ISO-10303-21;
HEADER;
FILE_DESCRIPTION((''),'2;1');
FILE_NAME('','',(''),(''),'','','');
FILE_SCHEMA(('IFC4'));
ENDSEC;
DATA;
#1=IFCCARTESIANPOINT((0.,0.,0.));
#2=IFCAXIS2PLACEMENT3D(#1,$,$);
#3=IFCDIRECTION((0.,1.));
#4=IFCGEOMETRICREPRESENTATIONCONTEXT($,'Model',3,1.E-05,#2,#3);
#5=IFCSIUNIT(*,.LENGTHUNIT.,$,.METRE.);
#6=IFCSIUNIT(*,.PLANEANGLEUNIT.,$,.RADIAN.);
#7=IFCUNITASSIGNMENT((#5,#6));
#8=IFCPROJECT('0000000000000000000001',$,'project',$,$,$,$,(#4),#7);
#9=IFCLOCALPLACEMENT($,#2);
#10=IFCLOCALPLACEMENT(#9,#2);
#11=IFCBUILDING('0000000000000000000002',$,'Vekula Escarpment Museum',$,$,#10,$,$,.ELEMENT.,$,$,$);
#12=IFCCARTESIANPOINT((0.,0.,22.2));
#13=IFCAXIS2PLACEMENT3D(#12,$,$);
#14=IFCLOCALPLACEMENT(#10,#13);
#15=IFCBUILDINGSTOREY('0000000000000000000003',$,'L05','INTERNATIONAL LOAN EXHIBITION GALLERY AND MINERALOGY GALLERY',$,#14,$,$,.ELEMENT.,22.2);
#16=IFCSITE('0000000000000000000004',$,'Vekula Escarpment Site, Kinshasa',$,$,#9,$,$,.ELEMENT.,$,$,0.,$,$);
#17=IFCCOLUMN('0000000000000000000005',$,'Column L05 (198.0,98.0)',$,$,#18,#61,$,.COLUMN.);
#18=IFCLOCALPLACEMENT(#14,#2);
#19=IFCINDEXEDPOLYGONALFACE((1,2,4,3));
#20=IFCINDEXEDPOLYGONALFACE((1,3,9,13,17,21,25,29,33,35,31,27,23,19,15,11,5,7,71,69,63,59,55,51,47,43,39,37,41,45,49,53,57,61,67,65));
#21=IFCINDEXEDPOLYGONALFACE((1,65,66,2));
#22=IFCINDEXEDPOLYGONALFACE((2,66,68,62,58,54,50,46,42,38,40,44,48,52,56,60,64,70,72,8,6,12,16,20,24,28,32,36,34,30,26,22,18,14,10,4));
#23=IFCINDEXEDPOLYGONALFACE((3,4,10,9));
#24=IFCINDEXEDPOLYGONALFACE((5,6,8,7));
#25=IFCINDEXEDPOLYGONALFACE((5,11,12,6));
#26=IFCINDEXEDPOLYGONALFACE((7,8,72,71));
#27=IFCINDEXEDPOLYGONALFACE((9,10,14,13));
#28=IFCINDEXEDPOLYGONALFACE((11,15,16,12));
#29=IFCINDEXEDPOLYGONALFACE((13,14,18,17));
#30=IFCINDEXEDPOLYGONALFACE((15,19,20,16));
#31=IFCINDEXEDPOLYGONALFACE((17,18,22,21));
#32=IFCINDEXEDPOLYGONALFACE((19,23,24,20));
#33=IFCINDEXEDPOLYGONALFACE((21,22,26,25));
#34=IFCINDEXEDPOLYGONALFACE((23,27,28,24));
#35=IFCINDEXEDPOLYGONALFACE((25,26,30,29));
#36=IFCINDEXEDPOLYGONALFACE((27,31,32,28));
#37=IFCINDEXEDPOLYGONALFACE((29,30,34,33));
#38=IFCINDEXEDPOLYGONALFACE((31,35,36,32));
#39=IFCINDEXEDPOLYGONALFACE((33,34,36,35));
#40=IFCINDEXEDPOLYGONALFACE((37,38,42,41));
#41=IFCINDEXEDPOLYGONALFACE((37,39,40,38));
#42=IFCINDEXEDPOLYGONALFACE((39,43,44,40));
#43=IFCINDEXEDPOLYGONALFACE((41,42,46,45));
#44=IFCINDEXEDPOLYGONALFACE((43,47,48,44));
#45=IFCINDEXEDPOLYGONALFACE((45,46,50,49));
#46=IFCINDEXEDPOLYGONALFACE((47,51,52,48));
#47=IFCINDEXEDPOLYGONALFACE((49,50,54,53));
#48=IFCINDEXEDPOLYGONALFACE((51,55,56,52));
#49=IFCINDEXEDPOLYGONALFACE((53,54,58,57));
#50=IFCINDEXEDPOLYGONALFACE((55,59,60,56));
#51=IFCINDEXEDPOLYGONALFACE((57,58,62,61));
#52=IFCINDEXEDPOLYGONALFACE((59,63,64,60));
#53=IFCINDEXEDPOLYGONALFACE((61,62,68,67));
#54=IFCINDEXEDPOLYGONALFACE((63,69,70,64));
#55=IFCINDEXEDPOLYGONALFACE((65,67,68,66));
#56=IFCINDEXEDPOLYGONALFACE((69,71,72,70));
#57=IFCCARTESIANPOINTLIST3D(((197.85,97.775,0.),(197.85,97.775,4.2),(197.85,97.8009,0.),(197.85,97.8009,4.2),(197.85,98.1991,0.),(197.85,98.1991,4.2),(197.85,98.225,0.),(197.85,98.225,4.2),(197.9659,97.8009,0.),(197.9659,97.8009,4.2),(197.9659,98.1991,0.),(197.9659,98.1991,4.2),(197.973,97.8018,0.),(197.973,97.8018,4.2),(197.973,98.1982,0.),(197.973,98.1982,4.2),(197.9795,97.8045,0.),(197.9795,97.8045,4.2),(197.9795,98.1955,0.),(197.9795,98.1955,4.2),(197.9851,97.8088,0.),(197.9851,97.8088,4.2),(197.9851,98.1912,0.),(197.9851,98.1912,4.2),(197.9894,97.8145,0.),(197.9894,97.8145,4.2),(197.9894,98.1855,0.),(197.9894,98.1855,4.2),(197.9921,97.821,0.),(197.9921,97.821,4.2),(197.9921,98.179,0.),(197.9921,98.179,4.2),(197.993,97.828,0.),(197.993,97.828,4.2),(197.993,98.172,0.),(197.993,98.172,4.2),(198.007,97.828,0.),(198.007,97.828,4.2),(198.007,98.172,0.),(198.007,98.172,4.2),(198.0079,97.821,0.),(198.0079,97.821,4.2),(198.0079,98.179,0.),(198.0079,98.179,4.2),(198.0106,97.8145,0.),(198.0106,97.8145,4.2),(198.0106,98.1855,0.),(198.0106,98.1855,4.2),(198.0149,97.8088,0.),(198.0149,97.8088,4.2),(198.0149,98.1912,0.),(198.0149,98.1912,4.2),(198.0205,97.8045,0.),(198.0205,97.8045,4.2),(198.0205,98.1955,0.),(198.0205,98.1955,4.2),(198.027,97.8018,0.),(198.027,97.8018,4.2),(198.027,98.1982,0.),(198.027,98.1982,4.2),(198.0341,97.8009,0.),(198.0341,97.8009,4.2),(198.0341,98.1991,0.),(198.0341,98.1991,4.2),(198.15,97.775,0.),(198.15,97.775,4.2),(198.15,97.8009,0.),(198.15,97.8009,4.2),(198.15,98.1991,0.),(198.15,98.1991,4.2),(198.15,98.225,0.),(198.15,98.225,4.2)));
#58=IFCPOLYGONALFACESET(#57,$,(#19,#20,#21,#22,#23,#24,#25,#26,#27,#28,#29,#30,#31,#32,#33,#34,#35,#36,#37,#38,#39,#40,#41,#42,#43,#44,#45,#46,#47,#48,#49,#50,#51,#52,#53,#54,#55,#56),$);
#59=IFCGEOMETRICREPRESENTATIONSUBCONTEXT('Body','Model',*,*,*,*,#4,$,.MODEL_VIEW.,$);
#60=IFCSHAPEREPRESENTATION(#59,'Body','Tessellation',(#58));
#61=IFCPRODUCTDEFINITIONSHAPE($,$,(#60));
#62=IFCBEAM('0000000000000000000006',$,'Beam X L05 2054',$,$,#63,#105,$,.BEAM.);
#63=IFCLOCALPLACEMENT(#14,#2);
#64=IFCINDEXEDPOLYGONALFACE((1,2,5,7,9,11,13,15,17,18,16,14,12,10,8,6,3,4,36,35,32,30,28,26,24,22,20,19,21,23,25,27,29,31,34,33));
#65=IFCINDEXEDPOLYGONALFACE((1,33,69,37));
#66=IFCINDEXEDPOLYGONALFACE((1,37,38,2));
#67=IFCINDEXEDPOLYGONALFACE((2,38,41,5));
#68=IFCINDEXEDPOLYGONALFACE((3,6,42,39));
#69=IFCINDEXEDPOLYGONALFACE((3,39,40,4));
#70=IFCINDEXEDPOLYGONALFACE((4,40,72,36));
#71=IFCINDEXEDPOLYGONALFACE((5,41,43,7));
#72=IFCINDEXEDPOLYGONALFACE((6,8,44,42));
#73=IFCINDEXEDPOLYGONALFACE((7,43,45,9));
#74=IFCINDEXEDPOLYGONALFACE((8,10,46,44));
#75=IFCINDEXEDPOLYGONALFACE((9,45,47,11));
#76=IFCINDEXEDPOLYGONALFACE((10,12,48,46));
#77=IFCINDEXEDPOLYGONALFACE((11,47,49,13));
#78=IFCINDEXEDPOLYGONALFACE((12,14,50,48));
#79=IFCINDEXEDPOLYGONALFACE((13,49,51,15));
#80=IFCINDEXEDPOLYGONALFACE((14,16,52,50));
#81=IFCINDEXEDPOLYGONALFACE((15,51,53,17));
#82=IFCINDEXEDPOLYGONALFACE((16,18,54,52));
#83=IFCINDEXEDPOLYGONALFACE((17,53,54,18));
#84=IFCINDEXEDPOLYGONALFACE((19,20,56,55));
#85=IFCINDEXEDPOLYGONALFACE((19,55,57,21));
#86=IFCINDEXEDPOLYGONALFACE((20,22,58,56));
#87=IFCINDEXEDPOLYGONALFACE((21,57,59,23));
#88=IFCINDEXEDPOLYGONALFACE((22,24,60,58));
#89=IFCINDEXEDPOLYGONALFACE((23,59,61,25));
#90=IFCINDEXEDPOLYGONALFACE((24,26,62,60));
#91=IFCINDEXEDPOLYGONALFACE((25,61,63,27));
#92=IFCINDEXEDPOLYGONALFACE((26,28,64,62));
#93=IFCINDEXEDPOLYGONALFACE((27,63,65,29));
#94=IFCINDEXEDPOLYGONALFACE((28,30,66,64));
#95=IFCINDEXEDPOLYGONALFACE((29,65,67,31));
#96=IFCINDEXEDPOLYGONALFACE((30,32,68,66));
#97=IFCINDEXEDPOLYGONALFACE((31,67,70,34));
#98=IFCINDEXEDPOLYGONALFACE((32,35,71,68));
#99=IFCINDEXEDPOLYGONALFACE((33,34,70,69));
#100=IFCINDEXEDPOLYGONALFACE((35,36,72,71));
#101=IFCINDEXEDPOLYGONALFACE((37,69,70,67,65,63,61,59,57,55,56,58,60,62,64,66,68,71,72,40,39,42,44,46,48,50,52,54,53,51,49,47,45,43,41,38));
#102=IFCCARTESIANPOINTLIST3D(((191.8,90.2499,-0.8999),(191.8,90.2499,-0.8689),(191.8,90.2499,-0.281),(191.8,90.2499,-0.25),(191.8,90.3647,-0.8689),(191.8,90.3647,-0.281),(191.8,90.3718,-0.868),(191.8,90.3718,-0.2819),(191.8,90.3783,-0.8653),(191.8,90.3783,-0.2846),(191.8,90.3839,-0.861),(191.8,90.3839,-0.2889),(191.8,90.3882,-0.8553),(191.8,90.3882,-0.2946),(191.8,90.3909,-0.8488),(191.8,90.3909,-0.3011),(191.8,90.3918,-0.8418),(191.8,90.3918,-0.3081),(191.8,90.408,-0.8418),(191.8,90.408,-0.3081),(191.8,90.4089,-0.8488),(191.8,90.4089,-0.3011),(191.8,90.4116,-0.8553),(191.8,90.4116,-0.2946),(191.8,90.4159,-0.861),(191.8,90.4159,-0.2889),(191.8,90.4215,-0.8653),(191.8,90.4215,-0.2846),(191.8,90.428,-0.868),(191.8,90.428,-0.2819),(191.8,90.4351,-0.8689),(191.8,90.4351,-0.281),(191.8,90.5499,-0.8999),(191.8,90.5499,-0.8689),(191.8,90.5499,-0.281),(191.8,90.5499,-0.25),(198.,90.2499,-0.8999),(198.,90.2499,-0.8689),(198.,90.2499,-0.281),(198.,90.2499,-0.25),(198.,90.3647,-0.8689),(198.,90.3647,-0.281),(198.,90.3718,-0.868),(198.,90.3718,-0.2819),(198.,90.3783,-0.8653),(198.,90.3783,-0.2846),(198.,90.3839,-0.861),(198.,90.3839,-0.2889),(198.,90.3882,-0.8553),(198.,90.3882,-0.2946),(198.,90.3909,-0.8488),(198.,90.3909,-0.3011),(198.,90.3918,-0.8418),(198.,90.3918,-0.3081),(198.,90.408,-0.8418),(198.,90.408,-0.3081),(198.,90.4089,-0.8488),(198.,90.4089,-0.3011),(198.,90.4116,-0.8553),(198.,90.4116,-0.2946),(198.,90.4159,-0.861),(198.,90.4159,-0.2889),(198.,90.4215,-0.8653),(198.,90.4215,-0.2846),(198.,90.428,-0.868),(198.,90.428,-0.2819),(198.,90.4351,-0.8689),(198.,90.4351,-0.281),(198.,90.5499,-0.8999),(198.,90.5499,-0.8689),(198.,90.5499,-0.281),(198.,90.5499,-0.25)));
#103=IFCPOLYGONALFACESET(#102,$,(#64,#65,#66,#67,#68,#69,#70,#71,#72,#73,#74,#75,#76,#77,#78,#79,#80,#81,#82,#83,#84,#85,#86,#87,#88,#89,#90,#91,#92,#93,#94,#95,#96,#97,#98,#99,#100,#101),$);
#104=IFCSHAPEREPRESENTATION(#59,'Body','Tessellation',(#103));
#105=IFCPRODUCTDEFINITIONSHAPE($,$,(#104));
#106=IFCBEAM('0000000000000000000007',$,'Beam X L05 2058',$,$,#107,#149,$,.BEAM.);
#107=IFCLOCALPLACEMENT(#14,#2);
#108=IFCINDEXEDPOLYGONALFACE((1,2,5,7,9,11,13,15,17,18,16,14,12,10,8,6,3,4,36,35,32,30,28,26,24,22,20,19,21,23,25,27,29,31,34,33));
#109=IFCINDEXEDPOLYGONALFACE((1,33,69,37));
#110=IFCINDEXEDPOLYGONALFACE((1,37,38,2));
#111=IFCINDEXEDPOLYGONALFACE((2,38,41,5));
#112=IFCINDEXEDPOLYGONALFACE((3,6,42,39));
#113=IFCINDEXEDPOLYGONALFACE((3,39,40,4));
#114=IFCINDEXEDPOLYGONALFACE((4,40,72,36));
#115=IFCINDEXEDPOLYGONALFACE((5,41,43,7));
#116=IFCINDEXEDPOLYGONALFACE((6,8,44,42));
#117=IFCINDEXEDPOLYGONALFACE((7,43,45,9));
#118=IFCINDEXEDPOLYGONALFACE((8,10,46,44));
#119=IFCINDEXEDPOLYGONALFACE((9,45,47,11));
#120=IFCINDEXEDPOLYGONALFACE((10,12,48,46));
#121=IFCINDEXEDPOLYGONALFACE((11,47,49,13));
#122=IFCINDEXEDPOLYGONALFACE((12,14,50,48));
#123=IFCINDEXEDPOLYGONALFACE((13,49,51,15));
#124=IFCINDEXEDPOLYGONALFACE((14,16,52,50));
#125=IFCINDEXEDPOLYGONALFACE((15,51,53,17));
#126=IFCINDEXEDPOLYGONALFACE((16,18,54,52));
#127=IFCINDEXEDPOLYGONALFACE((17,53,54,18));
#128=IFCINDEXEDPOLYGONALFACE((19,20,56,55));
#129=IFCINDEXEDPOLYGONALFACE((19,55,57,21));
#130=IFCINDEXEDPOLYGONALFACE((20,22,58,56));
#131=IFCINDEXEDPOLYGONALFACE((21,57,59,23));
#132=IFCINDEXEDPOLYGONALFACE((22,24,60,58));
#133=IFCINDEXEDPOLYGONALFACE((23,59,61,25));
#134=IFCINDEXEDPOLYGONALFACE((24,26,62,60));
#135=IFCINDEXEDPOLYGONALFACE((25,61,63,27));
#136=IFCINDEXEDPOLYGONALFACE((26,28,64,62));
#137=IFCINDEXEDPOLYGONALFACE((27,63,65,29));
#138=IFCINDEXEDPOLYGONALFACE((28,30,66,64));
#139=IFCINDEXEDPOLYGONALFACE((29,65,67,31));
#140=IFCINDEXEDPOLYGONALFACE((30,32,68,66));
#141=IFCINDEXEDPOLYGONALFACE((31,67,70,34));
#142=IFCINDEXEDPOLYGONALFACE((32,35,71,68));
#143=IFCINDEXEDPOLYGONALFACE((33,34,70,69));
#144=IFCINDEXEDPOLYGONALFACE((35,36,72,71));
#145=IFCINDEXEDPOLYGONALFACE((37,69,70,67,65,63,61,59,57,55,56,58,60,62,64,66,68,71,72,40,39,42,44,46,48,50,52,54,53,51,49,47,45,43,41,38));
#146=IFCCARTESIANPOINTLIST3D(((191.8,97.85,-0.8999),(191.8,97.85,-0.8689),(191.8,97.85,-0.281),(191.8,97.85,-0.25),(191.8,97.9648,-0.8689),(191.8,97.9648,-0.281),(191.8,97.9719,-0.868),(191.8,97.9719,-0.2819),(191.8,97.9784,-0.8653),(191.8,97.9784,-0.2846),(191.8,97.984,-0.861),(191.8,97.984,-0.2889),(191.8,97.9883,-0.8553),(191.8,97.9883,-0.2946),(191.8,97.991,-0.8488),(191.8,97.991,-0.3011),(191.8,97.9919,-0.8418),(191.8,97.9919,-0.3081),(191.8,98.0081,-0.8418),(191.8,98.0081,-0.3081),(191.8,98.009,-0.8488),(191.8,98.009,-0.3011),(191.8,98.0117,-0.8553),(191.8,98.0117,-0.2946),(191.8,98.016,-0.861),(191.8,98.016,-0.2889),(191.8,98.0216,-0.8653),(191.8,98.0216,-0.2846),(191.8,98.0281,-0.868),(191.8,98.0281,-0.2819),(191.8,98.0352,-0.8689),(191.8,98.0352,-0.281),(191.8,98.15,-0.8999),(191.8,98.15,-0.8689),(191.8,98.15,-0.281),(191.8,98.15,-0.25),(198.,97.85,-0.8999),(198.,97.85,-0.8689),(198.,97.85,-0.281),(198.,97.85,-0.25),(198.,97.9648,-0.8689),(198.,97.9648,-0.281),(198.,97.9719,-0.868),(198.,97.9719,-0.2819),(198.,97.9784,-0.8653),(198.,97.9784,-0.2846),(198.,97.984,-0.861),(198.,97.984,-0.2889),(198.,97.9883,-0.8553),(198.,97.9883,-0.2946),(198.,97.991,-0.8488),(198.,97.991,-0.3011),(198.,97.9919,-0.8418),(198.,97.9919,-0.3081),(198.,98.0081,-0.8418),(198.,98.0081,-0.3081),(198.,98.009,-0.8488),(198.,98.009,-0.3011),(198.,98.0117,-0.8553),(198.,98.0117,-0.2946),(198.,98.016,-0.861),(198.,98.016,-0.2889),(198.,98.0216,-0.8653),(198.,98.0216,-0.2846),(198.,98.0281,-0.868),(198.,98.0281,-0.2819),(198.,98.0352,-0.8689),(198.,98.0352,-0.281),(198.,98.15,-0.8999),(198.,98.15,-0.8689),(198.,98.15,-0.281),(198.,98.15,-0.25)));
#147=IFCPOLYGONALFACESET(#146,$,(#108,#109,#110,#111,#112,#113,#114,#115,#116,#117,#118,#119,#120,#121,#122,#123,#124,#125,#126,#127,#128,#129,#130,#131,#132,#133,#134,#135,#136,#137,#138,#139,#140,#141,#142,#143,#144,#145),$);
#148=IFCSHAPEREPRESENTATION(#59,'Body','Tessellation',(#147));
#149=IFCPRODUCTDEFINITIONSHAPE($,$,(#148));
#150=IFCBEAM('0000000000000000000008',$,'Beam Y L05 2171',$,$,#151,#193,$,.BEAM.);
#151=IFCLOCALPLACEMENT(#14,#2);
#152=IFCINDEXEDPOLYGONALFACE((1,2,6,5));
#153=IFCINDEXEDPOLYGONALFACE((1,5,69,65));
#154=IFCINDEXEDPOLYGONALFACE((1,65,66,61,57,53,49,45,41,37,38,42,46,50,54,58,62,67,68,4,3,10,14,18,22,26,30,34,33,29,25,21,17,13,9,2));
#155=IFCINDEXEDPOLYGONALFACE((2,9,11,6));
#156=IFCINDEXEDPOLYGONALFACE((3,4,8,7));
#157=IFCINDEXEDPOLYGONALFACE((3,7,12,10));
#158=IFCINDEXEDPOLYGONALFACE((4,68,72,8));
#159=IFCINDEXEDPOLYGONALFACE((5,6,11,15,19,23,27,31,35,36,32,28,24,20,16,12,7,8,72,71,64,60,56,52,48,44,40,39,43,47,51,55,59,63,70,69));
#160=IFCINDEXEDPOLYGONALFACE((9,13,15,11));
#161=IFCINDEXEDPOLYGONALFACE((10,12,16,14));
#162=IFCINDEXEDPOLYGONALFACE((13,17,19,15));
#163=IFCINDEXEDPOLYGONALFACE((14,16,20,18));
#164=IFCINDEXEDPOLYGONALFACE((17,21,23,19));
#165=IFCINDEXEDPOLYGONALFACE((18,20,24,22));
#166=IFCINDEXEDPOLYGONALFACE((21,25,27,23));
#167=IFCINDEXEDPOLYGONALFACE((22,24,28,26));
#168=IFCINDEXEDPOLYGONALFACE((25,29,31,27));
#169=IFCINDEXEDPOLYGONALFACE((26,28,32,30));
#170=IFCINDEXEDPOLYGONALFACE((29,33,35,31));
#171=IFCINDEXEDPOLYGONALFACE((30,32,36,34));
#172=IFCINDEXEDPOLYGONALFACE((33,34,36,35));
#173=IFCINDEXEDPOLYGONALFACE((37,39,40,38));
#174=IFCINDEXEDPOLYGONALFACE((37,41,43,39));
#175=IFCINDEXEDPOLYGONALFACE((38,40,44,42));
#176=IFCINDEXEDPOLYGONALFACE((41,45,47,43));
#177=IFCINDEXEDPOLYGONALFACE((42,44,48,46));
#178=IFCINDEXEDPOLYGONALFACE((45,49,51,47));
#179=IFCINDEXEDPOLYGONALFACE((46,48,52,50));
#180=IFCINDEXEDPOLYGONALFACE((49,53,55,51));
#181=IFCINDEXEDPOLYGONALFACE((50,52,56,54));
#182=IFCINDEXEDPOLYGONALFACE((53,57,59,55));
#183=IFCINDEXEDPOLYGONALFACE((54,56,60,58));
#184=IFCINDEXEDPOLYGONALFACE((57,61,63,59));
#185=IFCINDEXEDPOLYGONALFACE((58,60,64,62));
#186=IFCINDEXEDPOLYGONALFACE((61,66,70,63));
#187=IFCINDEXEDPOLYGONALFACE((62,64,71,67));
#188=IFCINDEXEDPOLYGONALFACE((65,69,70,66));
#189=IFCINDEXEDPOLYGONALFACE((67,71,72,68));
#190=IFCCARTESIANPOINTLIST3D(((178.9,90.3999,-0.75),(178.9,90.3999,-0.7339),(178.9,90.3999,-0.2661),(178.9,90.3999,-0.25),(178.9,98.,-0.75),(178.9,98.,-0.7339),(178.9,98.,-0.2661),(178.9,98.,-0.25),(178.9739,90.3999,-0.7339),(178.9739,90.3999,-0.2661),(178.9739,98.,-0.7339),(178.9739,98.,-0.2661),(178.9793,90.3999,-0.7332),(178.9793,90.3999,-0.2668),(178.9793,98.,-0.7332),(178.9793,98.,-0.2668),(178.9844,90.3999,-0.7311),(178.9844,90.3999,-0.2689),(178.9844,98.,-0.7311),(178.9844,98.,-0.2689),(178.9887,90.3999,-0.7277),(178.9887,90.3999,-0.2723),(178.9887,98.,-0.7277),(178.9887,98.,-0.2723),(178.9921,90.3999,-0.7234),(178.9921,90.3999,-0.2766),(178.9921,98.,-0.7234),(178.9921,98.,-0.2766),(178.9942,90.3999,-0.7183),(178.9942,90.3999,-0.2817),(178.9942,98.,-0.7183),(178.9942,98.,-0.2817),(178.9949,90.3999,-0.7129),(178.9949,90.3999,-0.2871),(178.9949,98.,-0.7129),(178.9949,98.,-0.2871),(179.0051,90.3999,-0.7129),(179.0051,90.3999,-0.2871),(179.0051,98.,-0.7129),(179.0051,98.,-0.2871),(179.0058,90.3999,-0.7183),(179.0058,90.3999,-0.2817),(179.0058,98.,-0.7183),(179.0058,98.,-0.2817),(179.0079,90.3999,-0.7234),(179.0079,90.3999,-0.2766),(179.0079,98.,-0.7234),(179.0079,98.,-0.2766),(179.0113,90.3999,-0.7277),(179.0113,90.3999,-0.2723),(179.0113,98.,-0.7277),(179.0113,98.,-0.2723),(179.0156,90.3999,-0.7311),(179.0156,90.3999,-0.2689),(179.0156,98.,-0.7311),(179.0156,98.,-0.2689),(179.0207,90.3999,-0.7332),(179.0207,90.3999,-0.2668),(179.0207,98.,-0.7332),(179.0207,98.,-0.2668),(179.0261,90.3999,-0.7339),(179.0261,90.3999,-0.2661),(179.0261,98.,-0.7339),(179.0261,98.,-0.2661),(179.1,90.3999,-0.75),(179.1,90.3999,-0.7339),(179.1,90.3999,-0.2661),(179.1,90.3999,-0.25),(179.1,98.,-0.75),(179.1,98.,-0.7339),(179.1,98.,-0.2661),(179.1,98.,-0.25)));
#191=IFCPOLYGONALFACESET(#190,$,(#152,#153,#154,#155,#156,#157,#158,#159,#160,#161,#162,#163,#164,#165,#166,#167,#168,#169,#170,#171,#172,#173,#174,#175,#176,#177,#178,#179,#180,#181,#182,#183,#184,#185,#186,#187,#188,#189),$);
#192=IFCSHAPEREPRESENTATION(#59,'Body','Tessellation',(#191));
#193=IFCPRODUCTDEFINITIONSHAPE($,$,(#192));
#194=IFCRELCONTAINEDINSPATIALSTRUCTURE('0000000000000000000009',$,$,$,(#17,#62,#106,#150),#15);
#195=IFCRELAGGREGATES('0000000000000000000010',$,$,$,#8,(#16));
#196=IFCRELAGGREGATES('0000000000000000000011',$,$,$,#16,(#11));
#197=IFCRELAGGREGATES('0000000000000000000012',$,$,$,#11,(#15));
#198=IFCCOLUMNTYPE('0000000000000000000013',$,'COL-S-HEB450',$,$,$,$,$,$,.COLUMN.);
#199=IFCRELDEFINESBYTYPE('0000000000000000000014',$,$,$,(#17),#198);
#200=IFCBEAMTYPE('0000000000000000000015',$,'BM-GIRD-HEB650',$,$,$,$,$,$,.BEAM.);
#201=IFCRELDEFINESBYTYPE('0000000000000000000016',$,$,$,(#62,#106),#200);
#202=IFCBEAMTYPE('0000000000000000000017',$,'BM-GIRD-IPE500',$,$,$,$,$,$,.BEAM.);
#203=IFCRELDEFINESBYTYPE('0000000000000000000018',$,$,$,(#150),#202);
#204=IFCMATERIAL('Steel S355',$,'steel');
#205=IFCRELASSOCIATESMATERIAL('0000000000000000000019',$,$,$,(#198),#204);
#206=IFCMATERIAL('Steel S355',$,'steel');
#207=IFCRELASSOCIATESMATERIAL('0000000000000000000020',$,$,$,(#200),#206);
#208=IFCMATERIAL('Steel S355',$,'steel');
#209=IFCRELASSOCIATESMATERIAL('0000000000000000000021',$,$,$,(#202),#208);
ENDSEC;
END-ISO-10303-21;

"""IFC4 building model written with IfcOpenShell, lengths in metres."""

from ifc_helpers import new_model, si_unit, direction, frame, origin, origin_2d, place, context, subcontext, project, spatial, i_section, extrude, material, material_profile, profile_set, type_object, element, save


model = new_model("IFC4")

# Units and contexts
model_context = context("Model", 3, precision=1e-05, world=origin(), true_north=direction((0.0, 1.0)))
body_context = subcontext(model_context, "Body", "Model", "MODEL_VIEW")
ifc_project = project(units=[si_unit("LENGTHUNIT", "METRE"), si_unit("PLANEANGLEUNIT", "RADIAN")], contexts=[model_context])

# Site, building, storey
site_placement = place(None, origin())
site = spatial("IfcSite", under=ifc_project, at=site_placement, Name="Vekula Escarpment Site, Kinshasa", CompositionType="ELEMENT", RefElevation=0.0)
building_placement = place(site_placement, origin())
building = spatial("IfcBuilding", under=site, at=building_placement, Name="Vekula Escarpment Museum", CompositionType="ELEMENT")
storey_placement = place(building_placement, frame((0.0, 0.0, 22.2)))
storey = spatial("IfcBuildingStorey", under=building, at=storey_placement, Name="L05", Description="INTERNATIONAL LOAN EXHIBITION GALLERY AND MINERALOGY GALLERY", CompositionType="ELEMENT", Elevation=22.2)

# Column
ifc_material_1 = material(Name="Steel S355", Category="steel")
ifc_material_profile_1 = material_profile(ifc_material_1, i_section(OverallWidth=0.3, OverallDepth=0.45, WebThickness=0.0139, FlangeThickness=0.0259, FilletRadius=0.0271, at=origin_2d()), Name="HEB 450")
ifc_profile_set_1 = profile_set([ifc_material_profile_1], Name="Steel S355")
column_type = type_object("IfcColumnType", Name="COL-S-HEB450", PredefinedType="COLUMN", material=ifc_profile_set_1)
for number, where, z_axis, x_axis, name in (
    (1, (198.0, 98.0, 0.0), (0.0, 0.0, 1.0), (1.0, 0.0, 0.0), "Column L05 (198.0,98.0)"),
):
    element("IfcColumn", number, at=place(storey_placement, frame(where, z_axis=z_axis, x_axis=x_axis)), inside=storey, type_object=column_type, Name=name, PredefinedType="COLUMN", context=body_context, shape_type="SweptSolid", body=[
        extrude(i_section(OverallWidth=0.3, OverallDepth=0.45, WebThickness=0.0139, FlangeThickness=0.0259, FilletRadius=0.0271, at=origin_2d()), origin(), (0.0, 0.0, 1.0), 4.2),
    ])

# Beams
ifc_material_2 = material(Name="Steel S355", Category="steel")
ifc_material_profile_2 = material_profile(ifc_material_2, i_section(OverallWidth=0.3, OverallDepth=0.6499, WebThickness=0.0161, FlangeThickness=0.031, FilletRadius=0.0271, at=origin_2d()), Name="HEB 650")
ifc_profile_set_2 = profile_set([ifc_material_profile_2], Name="Steel S355")
beam_type_1 = type_object("IfcBeamType", Name="BM-GIRD-HEB650", PredefinedType="BEAM", material=ifc_profile_set_2)
for number, where, z_axis, x_axis, name in (
    (2, (191.8, 90.3999, -0.575), (1.0, 0.0, 0.0), (0.0, 1.0, 0.0), "Beam X L05 2054"),
    (3, (191.8, 98.0, -0.575), (1.0, 0.0, 0.0), (0.0, 1.0, 0.0), "Beam X L05 2058"),
):
    element("IfcBeam", number, at=place(storey_placement, frame(where, z_axis=z_axis, x_axis=x_axis)), inside=storey, type_object=beam_type_1, Name=name, PredefinedType="BEAM", context=body_context, shape_type="SweptSolid", body=[
        extrude(i_section(OverallWidth=0.3, OverallDepth=0.6499, WebThickness=0.0161, FlangeThickness=0.031, FilletRadius=0.0271, at=origin_2d()), origin(), (0.0, 0.0, 1.0), 6.2),
    ])
ifc_material_3 = material(Name="Steel S355", Category="steel")
ifc_material_profile_3 = material_profile(ifc_material_3, i_section(OverallWidth=0.2, OverallDepth=0.5, WebThickness=0.0103, FlangeThickness=0.0161, FilletRadius=0.021, at=origin_2d()), Name="IPE 500")
ifc_profile_set_3 = profile_set([ifc_material_profile_3], Name="Steel S355")
beam_type_2 = type_object("IfcBeamType", Name="BM-GIRD-IPE500", PredefinedType="BEAM", material=ifc_profile_set_3)
for number, where, z_axis, x_axis, name in (
    (4, (179.0, 90.3999, -0.5), (0.0, 1.0, 0.0), (-1.0, 0.0, 0.0), "Beam Y L05 2171"),
):
    element("IfcBeam", number, at=place(storey_placement, frame(where, z_axis=z_axis, x_axis=x_axis)), inside=storey, type_object=beam_type_2, Name=name, PredefinedType="BEAM", context=body_context, shape_type="SweptSolid", body=[
        extrude(i_section(OverallWidth=0.2, OverallDepth=0.5, WebThickness=0.0103, FlangeThickness=0.0161, FilletRadius=0.021, at=origin_2d()), origin(), (0.0, 0.0, 1.0), 7.6001),
    ])

save(model, "model.ifc")
